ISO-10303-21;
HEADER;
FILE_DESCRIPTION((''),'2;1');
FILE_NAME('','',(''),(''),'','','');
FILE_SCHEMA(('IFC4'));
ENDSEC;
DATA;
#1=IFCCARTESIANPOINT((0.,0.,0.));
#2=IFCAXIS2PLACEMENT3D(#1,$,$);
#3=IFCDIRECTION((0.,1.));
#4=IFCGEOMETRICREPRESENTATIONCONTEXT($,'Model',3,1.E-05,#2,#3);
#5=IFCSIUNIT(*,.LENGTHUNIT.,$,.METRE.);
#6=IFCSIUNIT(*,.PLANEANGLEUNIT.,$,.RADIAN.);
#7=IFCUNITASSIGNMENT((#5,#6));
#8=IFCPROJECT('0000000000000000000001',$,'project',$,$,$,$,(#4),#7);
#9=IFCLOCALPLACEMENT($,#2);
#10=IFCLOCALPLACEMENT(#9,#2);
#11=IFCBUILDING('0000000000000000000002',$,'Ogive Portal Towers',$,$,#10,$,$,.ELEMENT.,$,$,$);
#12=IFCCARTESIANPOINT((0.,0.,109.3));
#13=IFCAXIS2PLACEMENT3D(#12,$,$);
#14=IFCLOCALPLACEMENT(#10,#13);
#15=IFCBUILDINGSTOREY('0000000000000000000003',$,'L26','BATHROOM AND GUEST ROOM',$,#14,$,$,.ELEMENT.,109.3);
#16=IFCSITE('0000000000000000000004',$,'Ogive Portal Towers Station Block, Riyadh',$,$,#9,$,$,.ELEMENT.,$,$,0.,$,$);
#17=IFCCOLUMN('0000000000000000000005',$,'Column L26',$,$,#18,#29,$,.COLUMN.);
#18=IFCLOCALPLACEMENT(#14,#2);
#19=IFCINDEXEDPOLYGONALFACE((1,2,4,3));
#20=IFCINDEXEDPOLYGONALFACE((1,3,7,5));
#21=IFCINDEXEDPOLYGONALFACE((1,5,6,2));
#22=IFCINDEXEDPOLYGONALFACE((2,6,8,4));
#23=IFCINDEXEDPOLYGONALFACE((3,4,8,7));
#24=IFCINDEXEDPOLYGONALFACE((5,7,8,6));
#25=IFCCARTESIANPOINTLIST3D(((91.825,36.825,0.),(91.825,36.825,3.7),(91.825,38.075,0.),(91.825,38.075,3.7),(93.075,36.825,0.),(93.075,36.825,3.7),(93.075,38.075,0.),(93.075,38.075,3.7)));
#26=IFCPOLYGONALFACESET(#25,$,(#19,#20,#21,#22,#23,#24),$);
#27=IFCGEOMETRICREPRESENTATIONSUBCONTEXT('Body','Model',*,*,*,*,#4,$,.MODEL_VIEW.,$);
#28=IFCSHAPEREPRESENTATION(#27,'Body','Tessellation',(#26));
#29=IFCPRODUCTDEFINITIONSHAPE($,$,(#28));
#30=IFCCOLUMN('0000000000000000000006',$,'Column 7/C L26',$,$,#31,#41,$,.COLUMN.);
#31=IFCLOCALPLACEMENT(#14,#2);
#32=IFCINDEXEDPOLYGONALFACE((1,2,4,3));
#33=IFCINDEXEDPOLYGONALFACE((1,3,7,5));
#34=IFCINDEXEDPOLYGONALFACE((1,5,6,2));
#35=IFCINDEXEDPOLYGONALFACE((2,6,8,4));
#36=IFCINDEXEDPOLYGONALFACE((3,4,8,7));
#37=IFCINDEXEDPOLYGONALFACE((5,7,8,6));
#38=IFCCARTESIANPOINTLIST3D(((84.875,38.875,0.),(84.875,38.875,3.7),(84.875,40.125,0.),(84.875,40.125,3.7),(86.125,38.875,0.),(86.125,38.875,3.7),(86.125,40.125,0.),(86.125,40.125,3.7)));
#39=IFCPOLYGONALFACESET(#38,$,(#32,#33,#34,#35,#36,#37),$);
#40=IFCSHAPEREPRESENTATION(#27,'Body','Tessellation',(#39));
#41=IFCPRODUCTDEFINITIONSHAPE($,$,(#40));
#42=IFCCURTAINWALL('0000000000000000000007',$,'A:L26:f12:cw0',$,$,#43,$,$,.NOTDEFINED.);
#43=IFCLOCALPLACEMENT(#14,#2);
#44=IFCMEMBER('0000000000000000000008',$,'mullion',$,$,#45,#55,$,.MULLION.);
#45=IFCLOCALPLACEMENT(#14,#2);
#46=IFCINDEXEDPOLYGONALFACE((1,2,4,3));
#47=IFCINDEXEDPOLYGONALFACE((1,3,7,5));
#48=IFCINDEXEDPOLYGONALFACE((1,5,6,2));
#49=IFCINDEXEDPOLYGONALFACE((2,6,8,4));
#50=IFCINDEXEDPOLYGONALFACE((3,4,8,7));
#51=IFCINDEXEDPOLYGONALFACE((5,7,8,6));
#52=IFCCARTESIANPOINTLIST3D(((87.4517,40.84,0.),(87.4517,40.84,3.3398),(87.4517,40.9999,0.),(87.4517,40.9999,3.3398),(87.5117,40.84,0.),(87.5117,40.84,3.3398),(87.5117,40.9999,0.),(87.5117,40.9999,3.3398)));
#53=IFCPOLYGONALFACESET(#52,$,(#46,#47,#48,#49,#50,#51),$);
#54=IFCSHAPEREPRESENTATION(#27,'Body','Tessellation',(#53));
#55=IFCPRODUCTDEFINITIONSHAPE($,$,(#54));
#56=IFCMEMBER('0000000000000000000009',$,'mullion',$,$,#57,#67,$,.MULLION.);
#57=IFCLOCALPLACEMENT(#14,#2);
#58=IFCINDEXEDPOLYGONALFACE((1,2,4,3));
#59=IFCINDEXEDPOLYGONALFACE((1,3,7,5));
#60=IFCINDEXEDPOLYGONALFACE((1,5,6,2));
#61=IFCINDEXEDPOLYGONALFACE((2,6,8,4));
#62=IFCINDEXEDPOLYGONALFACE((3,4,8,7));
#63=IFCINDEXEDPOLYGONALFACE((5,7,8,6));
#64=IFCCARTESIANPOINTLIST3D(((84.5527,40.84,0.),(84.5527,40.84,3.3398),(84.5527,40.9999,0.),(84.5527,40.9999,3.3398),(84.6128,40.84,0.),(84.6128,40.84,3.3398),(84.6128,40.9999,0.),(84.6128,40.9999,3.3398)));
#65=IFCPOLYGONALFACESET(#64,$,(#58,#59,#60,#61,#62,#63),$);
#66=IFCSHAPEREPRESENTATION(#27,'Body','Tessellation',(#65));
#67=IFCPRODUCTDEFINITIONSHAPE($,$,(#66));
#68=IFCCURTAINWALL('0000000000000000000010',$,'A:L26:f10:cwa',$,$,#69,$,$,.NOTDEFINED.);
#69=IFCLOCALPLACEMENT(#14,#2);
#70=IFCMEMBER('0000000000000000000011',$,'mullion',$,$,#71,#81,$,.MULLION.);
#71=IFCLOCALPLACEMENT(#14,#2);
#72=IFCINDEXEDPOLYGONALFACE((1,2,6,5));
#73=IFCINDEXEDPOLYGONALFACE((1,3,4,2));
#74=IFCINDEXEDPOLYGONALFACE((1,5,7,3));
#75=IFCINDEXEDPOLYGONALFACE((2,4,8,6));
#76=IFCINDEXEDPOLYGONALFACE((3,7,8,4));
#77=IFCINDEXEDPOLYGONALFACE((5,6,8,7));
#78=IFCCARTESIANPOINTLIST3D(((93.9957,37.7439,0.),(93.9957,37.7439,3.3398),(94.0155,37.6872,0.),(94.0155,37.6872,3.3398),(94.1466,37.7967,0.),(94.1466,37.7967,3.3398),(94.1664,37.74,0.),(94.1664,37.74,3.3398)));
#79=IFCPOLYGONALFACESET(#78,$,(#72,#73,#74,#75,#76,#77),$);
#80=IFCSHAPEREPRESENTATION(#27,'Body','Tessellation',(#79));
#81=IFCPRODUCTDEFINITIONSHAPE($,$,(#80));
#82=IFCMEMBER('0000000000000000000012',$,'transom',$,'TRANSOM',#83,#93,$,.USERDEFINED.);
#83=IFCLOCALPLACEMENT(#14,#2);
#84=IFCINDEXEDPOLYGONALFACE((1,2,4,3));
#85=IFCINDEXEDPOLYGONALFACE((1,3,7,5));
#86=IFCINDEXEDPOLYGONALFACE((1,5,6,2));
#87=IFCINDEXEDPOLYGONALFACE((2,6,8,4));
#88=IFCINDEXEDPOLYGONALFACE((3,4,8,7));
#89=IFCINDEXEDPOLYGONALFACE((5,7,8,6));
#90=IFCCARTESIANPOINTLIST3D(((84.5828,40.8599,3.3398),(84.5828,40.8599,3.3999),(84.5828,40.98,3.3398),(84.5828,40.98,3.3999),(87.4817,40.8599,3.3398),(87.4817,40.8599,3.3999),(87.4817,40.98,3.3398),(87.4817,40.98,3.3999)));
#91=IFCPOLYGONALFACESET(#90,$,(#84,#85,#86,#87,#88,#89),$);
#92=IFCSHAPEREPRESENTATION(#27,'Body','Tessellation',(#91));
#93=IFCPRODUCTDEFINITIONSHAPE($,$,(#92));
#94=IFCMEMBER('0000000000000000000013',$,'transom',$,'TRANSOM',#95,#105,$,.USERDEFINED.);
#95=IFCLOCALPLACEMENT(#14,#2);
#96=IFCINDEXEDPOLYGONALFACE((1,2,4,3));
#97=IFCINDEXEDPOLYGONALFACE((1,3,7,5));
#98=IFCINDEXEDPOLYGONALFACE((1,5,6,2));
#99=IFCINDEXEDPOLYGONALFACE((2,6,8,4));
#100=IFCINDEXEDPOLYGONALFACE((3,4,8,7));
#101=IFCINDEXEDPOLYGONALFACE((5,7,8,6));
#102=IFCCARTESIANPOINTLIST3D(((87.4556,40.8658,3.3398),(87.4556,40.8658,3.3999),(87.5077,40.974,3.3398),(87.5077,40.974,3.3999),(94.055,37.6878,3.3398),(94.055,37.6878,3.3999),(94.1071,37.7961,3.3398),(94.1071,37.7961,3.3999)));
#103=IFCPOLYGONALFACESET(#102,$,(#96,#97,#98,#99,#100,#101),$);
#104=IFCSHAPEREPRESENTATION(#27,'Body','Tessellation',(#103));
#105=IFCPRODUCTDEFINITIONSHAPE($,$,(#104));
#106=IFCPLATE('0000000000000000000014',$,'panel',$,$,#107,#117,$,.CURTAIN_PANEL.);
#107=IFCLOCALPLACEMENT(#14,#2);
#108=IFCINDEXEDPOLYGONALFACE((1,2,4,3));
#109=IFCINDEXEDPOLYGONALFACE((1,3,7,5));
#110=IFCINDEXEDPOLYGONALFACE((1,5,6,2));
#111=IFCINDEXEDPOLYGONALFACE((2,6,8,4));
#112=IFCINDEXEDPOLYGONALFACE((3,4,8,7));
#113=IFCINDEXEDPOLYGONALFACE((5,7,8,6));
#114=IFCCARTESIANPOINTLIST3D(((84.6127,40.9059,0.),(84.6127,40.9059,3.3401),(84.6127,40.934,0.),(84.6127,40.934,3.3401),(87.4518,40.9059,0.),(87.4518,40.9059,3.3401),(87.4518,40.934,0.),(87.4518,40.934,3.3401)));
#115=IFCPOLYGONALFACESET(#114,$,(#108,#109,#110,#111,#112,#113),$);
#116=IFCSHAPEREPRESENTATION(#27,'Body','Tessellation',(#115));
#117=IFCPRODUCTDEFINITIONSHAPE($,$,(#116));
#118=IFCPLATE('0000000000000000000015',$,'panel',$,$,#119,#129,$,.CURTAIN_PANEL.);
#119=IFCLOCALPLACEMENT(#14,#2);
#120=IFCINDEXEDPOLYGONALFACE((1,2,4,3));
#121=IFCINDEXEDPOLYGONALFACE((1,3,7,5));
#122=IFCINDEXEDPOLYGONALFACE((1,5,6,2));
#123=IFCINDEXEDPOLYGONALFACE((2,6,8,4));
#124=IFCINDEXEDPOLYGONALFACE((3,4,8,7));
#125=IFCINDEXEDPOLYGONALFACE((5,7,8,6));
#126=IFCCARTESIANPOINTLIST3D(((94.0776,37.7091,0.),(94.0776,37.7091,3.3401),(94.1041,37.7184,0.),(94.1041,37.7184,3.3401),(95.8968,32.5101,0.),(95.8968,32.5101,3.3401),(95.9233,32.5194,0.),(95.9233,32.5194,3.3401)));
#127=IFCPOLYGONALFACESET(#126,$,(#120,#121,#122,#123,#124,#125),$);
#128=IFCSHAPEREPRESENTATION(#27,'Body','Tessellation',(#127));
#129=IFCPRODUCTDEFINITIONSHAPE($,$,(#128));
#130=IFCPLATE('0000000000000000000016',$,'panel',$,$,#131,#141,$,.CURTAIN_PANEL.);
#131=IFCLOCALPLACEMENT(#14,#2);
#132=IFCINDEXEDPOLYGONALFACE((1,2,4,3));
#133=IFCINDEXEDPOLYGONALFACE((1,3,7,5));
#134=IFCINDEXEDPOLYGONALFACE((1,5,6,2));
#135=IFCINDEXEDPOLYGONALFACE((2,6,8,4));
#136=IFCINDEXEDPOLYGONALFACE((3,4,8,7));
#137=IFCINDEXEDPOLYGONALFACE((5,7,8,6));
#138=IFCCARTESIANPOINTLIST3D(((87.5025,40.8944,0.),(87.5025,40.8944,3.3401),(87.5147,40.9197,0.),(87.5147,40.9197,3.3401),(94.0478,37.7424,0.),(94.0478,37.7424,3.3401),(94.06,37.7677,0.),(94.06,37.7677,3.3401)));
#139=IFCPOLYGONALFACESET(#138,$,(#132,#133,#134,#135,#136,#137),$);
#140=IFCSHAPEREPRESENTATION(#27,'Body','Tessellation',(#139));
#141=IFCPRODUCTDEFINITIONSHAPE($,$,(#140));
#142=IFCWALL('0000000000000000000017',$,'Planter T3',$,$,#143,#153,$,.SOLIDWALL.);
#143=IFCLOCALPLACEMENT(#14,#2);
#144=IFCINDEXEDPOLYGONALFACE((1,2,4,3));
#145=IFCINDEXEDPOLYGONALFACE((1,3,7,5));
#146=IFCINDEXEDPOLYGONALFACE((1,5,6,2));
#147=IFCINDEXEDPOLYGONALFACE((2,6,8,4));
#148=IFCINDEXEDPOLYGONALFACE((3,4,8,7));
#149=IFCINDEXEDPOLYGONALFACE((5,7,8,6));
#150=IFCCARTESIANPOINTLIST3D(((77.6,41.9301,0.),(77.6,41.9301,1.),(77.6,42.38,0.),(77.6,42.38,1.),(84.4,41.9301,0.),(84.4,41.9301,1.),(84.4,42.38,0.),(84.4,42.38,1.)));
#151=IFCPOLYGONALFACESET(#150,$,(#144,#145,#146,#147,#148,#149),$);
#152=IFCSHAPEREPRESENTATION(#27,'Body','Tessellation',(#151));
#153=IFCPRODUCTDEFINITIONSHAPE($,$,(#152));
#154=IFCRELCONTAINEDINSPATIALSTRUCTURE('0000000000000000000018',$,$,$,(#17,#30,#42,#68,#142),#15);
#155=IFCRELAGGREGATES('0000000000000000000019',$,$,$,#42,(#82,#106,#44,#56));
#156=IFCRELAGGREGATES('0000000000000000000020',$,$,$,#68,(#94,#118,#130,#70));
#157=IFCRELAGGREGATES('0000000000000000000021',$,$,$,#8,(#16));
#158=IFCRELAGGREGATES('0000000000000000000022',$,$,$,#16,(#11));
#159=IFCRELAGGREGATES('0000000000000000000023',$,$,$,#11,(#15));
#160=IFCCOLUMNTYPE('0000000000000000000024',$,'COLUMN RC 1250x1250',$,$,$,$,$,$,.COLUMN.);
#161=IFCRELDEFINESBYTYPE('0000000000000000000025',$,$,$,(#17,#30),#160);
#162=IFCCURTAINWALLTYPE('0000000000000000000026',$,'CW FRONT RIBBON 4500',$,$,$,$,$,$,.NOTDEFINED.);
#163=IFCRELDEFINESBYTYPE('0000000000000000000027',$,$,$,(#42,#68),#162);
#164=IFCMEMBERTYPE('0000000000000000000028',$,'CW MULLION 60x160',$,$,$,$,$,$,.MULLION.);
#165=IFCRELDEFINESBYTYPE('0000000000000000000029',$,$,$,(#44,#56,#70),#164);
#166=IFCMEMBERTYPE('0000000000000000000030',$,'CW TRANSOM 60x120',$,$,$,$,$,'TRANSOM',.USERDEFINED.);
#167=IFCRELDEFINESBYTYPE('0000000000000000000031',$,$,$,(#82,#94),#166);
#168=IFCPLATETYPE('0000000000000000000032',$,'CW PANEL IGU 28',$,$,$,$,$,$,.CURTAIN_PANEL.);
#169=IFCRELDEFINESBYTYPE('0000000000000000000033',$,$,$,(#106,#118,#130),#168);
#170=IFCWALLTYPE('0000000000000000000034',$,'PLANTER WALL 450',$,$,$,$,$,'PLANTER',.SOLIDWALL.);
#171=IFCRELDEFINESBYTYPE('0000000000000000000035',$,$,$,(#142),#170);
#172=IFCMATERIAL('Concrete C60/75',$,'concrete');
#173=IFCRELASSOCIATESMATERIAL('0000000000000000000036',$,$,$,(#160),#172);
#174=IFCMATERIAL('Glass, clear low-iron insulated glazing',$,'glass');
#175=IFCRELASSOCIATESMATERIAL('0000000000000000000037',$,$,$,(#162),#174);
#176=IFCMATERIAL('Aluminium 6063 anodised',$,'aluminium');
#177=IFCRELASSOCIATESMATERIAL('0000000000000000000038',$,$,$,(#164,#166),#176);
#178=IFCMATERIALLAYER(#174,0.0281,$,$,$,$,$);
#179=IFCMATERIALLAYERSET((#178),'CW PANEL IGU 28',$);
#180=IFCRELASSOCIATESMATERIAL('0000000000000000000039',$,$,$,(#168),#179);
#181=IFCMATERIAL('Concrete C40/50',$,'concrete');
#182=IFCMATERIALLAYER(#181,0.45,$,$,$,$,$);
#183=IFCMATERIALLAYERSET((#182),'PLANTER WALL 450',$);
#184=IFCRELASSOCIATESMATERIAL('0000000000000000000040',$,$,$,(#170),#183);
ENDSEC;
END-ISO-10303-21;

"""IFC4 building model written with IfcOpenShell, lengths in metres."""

from ifc_helpers import new_model, si_unit, direction, frame, origin, origin_2d, place, context, subcontext, project, spatial, rectangle, extrude, material, layer, layer_set, material_profile, profile_set, type_object, element, aggregate, save


model = new_model("IFC4")

# Units and contexts
model_context = context("Model", 3, precision=1e-05, world=origin(), true_north=direction((0.0, 1.0)))
body_context = subcontext(model_context, "Body", "Model", "MODEL_VIEW")
ifc_project = project(units=[si_unit("LENGTHUNIT", "METRE"), si_unit("PLANEANGLEUNIT", "RADIAN")], contexts=[model_context])

# Site, building, storey
site_placement = place(None, origin())
site = spatial("IfcSite", under=ifc_project, at=site_placement, Name="Ogive Portal Towers Station Block, Riyadh", CompositionType="ELEMENT", RefElevation=0.0)
building_placement = place(site_placement, origin())
building = spatial("IfcBuilding", under=site, at=building_placement, Name="Ogive Portal Towers", CompositionType="ELEMENT")
storey_placement = place(building_placement, frame((0.0, 0.0, 109.3)))
storey = spatial("IfcBuildingStorey", under=building, at=storey_placement, Name="L26", Description="BATHROOM AND GUEST ROOM", CompositionType="ELEMENT", Elevation=109.3)

# Columns
ifc_material_1 = material(Name="Concrete C60/75", Category="concrete")
ifc_material_profile_1 = material_profile(ifc_material_1, rectangle(XDim=1.25, YDim=1.25, at=origin_2d()), Name="RC 1250x1250")
ifc_profile_set_1 = profile_set([ifc_material_profile_1], Name="Concrete C60/75")
column_type = type_object("IfcColumnType", Name="COLUMN RC 1250x1250", PredefinedType="COLUMN", material=ifc_profile_set_1)
for number, where, z_axis, x_axis, name in (
    (1, (92.45, 37.45, 0.0), (0.0, 0.0, 1.0), (1.0, 0.0, 0.0), "Column L26"),
    (2, (85.5, 39.5, 0.0), (0.0, 0.0, 1.0), (1.0, 0.0, 0.0), "Column 7/C L26"),
):
    element("IfcColumn", number, at=place(storey_placement, frame(where, z_axis=z_axis, x_axis=x_axis)), inside=storey, type_object=column_type, Name=name, PredefinedType="COLUMN", context=body_context, shape_type="SweptSolid", body=[
        extrude(rectangle(XDim=1.25, YDim=1.25, at=origin_2d()), origin(), (0.0, 0.0, 1.0), 3.7),
    ])

# Curtain wall, members
ifc_material_2 = material(Name="Glass, clear low-iron insulated glazing", Category="glass")
curtain_wall_type = type_object("IfcCurtainWallType", Name="CW FRONT RIBBON 4500", PredefinedType="NOTDEFINED", material=ifc_material_2)
curtain_wall_1_placement = place(storey_placement, origin())
curtain_wall_1 = element("IfcCurtainWall", 3, at=curtain_wall_1_placement, inside=storey, type_object=curtain_wall_type, Name="A:L26:f12:cw0", PredefinedType="NOTDEFINED")
ifc_material_3 = material(Name="Aluminium 6063 anodised", Category="aluminium")
ifc_material_profile_2 = material_profile(ifc_material_3, rectangle(XDim=0.1599, YDim=0.0601, at=origin_2d()), Name="AL 60x160")
ifc_profile_set_2 = profile_set([ifc_material_profile_2], Name="Aluminium 6063 anodised")
member_type_1 = type_object("IfcMemberType", Name="CW MULLION 60x160", PredefinedType="MULLION", material=ifc_profile_set_2)
member_1_placement = place(storey_placement, frame((87.4817, 40.9199, 0.0), z_axis=(0.0, 0.0, 1.0), x_axis=(0.0, -1.0, 0.0)))
member_1 = element("IfcMember", 4, at=member_1_placement, type_object=member_type_1, Name="mullion", PredefinedType="MULLION", context=body_context, shape_type="SweptSolid", body=[
    extrude(rectangle(XDim=0.1599, YDim=0.0601, at=origin_2d()), origin(), (0.0, 0.0, 1.0), 3.3398),
])
member_2_placement = place(storey_placement, frame((84.5828, 40.9199, 0.0), z_axis=(0.0, 0.0, 1.0), x_axis=(0.0, -1.0, 0.0)))
member_2 = element("IfcMember", 5, at=member_2_placement, type_object=member_type_1, Name="mullion", PredefinedType="MULLION", context=body_context, shape_type="SweptSolid", body=[
    extrude(rectangle(XDim=0.1599, YDim=0.0601, at=origin_2d()), origin(), (0.0, 0.0, 1.0), 3.3398),
])

# Curtain wall, member
curtain_wall_2_placement = place(storey_placement, origin())
curtain_wall_2 = element("IfcCurtainWall", 6, at=curtain_wall_2_placement, inside=storey, type_object=curtain_wall_type, Name="A:L26:f10:cwa", PredefinedType="NOTDEFINED")
member_3_placement = place(storey_placement, frame((94.0811, 37.7419, 0.0), z_axis=(0.0, 0.0, 1.0), x_axis=(-0.943883, -0.330279, 0.0)))
member_3 = element("IfcMember", 7, at=member_3_placement, type_object=member_type_1, Name="mullion", PredefinedType="MULLION", context=body_context, shape_type="SweptSolid", body=[
    extrude(rectangle(XDim=0.1599, YDim=0.0601, at=origin_2d()), origin(), (0.0, 0.0, 1.0), 3.3398),
])

# Members
ifc_material_profile_3 = material_profile(ifc_material_3, rectangle(XDim=0.1201, YDim=0.0601, at=origin_2d()), Name="AL 120x60")
ifc_profile_set_3 = profile_set([ifc_material_profile_3], Name="Aluminium 6063 anodised")
member_type_2 = type_object("IfcMemberType", Name="CW TRANSOM 60x120", ElementType="TRANSOM", PredefinedType="USERDEFINED", material=ifc_profile_set_3)
member_4_placement = place(storey_placement, frame((87.4817, 40.9199, 3.3699), z_axis=(-1.0, 0.0, 0.0), x_axis=(0.0, -1.0, 0.0)))
member_4 = element("IfcMember", 8, at=member_4_placement, type_object=member_type_2, Name="transom", ObjectType="TRANSOM", PredefinedType="USERDEFINED", context=body_context, shape_type="SweptSolid", body=[
    extrude(rectangle(XDim=0.1201, YDim=0.0601, at=origin_2d()), origin(), (0.0, 0.0, 1.0), 2.8989),
])
member_5_placement = place(storey_placement, frame((94.0811, 37.7419, 3.3699), z_axis=(-0.900975, 0.433872, 0.0), x_axis=(-0.433872, -0.900975, 0.0)))
member_5 = element("IfcMember", 9, at=member_5_placement, type_object=member_type_2, Name="transom", ObjectType="TRANSOM", PredefinedType="USERDEFINED", context=body_context, shape_type="SweptSolid", body=[
    extrude(rectangle(XDim=0.1201, YDim=0.0601, at=origin_2d()), origin(), (0.0, 0.0, 1.0), 7.3247),
])

# Plates
ifc_layer_1 = layer(ifc_material_2, 0.0281)
ifc_layer_set_1 = layer_set([ifc_layer_1], Name="CW PANEL IGU 28")
plate_type = type_object("IfcPlateType", Name="CW PANEL IGU 28", PredefinedType="CURTAIN_PANEL", material=ifc_layer_set_1)
plate_1_placement = place(storey_placement, frame((86.0322, 40.9199, 0.0), z_axis=(0.0, 0.0, 1.0), x_axis=(-1.0, 0.0, 0.0)))
plate_1 = element("IfcPlate", 10, at=plate_1_placement, type_object=plate_type, Name="panel", PredefinedType="CURTAIN_PANEL", context=body_context, shape_type="SweptSolid", body=[
    extrude(rectangle(XDim=2.8391, YDim=0.0281, at=origin_2d()), origin(), (0.0, 0.0, 1.0), 3.3401),
])
aggregate(curtain_wall_1, [member_4, plate_1, member_1, member_2])
plate_2_placement = place(storey_placement, frame((95.0005, 35.1143, 0.0), z_axis=(0.0, 0.0, 1.0), x_axis=(-0.330279, 0.943883, 0.0)))
plate_2 = element("IfcPlate", 11, at=plate_2_placement, type_object=plate_type, Name="panel", PredefinedType="CURTAIN_PANEL", context=body_context, shape_type="SweptSolid", body=[
    extrude(rectangle(XDim=5.5081, YDim=0.0281, at=origin_2d()), origin(), (0.0, 0.0, 1.0), 3.3401),
])
plate_3_placement = place(storey_placement, frame((90.7812, 39.3311, 0.0), z_axis=(0.0, 0.0, 1.0), x_axis=(-0.900969, 0.433884, 0.0)))
plate_3 = element("IfcPlate", 12, at=plate_3_placement, type_object=plate_type, Name="panel", PredefinedType="CURTAIN_PANEL", context=body_context, shape_type="SweptSolid", body=[
    extrude(rectangle(XDim=7.2646, YDim=0.0281, at=origin_2d()), origin(), (0.0, 0.0, 1.0), 3.3401),
])
aggregate(curtain_wall_2, [member_5, plate_2, plate_3, member_3])

# Wall
ifc_material_4 = material(Name="Concrete C40/50", Category="concrete")
ifc_layer_2 = layer(ifc_material_4, 0.45)
ifc_layer_set_2 = layer_set([ifc_layer_2], Name="PLANTER WALL 450")
wall_type_1 = type_object("IfcWallType", Name="PLANTER WALL 450", ElementType="PLANTER", PredefinedType="SOLIDWALL", material=ifc_layer_set_2)
wall_1_placement = place(storey_placement, frame((81.0, 42.155, 0.0), z_axis=(0.0, 0.0, 1.0), x_axis=(1.0, 0.0, 0.0)))
element("IfcWall", 13, at=wall_1_placement, inside=storey, type_object=wall_type_1, Name="Planter T3", PredefinedType="SOLIDWALL", context=body_context, shape_type="SweptSolid", body=[
    extrude(rectangle(XDim=6.8, YDim=0.45, at=origin_2d()), origin(), (0.0, 0.0, 1.0), 1.0),
])

save(model, "model.ifc")
